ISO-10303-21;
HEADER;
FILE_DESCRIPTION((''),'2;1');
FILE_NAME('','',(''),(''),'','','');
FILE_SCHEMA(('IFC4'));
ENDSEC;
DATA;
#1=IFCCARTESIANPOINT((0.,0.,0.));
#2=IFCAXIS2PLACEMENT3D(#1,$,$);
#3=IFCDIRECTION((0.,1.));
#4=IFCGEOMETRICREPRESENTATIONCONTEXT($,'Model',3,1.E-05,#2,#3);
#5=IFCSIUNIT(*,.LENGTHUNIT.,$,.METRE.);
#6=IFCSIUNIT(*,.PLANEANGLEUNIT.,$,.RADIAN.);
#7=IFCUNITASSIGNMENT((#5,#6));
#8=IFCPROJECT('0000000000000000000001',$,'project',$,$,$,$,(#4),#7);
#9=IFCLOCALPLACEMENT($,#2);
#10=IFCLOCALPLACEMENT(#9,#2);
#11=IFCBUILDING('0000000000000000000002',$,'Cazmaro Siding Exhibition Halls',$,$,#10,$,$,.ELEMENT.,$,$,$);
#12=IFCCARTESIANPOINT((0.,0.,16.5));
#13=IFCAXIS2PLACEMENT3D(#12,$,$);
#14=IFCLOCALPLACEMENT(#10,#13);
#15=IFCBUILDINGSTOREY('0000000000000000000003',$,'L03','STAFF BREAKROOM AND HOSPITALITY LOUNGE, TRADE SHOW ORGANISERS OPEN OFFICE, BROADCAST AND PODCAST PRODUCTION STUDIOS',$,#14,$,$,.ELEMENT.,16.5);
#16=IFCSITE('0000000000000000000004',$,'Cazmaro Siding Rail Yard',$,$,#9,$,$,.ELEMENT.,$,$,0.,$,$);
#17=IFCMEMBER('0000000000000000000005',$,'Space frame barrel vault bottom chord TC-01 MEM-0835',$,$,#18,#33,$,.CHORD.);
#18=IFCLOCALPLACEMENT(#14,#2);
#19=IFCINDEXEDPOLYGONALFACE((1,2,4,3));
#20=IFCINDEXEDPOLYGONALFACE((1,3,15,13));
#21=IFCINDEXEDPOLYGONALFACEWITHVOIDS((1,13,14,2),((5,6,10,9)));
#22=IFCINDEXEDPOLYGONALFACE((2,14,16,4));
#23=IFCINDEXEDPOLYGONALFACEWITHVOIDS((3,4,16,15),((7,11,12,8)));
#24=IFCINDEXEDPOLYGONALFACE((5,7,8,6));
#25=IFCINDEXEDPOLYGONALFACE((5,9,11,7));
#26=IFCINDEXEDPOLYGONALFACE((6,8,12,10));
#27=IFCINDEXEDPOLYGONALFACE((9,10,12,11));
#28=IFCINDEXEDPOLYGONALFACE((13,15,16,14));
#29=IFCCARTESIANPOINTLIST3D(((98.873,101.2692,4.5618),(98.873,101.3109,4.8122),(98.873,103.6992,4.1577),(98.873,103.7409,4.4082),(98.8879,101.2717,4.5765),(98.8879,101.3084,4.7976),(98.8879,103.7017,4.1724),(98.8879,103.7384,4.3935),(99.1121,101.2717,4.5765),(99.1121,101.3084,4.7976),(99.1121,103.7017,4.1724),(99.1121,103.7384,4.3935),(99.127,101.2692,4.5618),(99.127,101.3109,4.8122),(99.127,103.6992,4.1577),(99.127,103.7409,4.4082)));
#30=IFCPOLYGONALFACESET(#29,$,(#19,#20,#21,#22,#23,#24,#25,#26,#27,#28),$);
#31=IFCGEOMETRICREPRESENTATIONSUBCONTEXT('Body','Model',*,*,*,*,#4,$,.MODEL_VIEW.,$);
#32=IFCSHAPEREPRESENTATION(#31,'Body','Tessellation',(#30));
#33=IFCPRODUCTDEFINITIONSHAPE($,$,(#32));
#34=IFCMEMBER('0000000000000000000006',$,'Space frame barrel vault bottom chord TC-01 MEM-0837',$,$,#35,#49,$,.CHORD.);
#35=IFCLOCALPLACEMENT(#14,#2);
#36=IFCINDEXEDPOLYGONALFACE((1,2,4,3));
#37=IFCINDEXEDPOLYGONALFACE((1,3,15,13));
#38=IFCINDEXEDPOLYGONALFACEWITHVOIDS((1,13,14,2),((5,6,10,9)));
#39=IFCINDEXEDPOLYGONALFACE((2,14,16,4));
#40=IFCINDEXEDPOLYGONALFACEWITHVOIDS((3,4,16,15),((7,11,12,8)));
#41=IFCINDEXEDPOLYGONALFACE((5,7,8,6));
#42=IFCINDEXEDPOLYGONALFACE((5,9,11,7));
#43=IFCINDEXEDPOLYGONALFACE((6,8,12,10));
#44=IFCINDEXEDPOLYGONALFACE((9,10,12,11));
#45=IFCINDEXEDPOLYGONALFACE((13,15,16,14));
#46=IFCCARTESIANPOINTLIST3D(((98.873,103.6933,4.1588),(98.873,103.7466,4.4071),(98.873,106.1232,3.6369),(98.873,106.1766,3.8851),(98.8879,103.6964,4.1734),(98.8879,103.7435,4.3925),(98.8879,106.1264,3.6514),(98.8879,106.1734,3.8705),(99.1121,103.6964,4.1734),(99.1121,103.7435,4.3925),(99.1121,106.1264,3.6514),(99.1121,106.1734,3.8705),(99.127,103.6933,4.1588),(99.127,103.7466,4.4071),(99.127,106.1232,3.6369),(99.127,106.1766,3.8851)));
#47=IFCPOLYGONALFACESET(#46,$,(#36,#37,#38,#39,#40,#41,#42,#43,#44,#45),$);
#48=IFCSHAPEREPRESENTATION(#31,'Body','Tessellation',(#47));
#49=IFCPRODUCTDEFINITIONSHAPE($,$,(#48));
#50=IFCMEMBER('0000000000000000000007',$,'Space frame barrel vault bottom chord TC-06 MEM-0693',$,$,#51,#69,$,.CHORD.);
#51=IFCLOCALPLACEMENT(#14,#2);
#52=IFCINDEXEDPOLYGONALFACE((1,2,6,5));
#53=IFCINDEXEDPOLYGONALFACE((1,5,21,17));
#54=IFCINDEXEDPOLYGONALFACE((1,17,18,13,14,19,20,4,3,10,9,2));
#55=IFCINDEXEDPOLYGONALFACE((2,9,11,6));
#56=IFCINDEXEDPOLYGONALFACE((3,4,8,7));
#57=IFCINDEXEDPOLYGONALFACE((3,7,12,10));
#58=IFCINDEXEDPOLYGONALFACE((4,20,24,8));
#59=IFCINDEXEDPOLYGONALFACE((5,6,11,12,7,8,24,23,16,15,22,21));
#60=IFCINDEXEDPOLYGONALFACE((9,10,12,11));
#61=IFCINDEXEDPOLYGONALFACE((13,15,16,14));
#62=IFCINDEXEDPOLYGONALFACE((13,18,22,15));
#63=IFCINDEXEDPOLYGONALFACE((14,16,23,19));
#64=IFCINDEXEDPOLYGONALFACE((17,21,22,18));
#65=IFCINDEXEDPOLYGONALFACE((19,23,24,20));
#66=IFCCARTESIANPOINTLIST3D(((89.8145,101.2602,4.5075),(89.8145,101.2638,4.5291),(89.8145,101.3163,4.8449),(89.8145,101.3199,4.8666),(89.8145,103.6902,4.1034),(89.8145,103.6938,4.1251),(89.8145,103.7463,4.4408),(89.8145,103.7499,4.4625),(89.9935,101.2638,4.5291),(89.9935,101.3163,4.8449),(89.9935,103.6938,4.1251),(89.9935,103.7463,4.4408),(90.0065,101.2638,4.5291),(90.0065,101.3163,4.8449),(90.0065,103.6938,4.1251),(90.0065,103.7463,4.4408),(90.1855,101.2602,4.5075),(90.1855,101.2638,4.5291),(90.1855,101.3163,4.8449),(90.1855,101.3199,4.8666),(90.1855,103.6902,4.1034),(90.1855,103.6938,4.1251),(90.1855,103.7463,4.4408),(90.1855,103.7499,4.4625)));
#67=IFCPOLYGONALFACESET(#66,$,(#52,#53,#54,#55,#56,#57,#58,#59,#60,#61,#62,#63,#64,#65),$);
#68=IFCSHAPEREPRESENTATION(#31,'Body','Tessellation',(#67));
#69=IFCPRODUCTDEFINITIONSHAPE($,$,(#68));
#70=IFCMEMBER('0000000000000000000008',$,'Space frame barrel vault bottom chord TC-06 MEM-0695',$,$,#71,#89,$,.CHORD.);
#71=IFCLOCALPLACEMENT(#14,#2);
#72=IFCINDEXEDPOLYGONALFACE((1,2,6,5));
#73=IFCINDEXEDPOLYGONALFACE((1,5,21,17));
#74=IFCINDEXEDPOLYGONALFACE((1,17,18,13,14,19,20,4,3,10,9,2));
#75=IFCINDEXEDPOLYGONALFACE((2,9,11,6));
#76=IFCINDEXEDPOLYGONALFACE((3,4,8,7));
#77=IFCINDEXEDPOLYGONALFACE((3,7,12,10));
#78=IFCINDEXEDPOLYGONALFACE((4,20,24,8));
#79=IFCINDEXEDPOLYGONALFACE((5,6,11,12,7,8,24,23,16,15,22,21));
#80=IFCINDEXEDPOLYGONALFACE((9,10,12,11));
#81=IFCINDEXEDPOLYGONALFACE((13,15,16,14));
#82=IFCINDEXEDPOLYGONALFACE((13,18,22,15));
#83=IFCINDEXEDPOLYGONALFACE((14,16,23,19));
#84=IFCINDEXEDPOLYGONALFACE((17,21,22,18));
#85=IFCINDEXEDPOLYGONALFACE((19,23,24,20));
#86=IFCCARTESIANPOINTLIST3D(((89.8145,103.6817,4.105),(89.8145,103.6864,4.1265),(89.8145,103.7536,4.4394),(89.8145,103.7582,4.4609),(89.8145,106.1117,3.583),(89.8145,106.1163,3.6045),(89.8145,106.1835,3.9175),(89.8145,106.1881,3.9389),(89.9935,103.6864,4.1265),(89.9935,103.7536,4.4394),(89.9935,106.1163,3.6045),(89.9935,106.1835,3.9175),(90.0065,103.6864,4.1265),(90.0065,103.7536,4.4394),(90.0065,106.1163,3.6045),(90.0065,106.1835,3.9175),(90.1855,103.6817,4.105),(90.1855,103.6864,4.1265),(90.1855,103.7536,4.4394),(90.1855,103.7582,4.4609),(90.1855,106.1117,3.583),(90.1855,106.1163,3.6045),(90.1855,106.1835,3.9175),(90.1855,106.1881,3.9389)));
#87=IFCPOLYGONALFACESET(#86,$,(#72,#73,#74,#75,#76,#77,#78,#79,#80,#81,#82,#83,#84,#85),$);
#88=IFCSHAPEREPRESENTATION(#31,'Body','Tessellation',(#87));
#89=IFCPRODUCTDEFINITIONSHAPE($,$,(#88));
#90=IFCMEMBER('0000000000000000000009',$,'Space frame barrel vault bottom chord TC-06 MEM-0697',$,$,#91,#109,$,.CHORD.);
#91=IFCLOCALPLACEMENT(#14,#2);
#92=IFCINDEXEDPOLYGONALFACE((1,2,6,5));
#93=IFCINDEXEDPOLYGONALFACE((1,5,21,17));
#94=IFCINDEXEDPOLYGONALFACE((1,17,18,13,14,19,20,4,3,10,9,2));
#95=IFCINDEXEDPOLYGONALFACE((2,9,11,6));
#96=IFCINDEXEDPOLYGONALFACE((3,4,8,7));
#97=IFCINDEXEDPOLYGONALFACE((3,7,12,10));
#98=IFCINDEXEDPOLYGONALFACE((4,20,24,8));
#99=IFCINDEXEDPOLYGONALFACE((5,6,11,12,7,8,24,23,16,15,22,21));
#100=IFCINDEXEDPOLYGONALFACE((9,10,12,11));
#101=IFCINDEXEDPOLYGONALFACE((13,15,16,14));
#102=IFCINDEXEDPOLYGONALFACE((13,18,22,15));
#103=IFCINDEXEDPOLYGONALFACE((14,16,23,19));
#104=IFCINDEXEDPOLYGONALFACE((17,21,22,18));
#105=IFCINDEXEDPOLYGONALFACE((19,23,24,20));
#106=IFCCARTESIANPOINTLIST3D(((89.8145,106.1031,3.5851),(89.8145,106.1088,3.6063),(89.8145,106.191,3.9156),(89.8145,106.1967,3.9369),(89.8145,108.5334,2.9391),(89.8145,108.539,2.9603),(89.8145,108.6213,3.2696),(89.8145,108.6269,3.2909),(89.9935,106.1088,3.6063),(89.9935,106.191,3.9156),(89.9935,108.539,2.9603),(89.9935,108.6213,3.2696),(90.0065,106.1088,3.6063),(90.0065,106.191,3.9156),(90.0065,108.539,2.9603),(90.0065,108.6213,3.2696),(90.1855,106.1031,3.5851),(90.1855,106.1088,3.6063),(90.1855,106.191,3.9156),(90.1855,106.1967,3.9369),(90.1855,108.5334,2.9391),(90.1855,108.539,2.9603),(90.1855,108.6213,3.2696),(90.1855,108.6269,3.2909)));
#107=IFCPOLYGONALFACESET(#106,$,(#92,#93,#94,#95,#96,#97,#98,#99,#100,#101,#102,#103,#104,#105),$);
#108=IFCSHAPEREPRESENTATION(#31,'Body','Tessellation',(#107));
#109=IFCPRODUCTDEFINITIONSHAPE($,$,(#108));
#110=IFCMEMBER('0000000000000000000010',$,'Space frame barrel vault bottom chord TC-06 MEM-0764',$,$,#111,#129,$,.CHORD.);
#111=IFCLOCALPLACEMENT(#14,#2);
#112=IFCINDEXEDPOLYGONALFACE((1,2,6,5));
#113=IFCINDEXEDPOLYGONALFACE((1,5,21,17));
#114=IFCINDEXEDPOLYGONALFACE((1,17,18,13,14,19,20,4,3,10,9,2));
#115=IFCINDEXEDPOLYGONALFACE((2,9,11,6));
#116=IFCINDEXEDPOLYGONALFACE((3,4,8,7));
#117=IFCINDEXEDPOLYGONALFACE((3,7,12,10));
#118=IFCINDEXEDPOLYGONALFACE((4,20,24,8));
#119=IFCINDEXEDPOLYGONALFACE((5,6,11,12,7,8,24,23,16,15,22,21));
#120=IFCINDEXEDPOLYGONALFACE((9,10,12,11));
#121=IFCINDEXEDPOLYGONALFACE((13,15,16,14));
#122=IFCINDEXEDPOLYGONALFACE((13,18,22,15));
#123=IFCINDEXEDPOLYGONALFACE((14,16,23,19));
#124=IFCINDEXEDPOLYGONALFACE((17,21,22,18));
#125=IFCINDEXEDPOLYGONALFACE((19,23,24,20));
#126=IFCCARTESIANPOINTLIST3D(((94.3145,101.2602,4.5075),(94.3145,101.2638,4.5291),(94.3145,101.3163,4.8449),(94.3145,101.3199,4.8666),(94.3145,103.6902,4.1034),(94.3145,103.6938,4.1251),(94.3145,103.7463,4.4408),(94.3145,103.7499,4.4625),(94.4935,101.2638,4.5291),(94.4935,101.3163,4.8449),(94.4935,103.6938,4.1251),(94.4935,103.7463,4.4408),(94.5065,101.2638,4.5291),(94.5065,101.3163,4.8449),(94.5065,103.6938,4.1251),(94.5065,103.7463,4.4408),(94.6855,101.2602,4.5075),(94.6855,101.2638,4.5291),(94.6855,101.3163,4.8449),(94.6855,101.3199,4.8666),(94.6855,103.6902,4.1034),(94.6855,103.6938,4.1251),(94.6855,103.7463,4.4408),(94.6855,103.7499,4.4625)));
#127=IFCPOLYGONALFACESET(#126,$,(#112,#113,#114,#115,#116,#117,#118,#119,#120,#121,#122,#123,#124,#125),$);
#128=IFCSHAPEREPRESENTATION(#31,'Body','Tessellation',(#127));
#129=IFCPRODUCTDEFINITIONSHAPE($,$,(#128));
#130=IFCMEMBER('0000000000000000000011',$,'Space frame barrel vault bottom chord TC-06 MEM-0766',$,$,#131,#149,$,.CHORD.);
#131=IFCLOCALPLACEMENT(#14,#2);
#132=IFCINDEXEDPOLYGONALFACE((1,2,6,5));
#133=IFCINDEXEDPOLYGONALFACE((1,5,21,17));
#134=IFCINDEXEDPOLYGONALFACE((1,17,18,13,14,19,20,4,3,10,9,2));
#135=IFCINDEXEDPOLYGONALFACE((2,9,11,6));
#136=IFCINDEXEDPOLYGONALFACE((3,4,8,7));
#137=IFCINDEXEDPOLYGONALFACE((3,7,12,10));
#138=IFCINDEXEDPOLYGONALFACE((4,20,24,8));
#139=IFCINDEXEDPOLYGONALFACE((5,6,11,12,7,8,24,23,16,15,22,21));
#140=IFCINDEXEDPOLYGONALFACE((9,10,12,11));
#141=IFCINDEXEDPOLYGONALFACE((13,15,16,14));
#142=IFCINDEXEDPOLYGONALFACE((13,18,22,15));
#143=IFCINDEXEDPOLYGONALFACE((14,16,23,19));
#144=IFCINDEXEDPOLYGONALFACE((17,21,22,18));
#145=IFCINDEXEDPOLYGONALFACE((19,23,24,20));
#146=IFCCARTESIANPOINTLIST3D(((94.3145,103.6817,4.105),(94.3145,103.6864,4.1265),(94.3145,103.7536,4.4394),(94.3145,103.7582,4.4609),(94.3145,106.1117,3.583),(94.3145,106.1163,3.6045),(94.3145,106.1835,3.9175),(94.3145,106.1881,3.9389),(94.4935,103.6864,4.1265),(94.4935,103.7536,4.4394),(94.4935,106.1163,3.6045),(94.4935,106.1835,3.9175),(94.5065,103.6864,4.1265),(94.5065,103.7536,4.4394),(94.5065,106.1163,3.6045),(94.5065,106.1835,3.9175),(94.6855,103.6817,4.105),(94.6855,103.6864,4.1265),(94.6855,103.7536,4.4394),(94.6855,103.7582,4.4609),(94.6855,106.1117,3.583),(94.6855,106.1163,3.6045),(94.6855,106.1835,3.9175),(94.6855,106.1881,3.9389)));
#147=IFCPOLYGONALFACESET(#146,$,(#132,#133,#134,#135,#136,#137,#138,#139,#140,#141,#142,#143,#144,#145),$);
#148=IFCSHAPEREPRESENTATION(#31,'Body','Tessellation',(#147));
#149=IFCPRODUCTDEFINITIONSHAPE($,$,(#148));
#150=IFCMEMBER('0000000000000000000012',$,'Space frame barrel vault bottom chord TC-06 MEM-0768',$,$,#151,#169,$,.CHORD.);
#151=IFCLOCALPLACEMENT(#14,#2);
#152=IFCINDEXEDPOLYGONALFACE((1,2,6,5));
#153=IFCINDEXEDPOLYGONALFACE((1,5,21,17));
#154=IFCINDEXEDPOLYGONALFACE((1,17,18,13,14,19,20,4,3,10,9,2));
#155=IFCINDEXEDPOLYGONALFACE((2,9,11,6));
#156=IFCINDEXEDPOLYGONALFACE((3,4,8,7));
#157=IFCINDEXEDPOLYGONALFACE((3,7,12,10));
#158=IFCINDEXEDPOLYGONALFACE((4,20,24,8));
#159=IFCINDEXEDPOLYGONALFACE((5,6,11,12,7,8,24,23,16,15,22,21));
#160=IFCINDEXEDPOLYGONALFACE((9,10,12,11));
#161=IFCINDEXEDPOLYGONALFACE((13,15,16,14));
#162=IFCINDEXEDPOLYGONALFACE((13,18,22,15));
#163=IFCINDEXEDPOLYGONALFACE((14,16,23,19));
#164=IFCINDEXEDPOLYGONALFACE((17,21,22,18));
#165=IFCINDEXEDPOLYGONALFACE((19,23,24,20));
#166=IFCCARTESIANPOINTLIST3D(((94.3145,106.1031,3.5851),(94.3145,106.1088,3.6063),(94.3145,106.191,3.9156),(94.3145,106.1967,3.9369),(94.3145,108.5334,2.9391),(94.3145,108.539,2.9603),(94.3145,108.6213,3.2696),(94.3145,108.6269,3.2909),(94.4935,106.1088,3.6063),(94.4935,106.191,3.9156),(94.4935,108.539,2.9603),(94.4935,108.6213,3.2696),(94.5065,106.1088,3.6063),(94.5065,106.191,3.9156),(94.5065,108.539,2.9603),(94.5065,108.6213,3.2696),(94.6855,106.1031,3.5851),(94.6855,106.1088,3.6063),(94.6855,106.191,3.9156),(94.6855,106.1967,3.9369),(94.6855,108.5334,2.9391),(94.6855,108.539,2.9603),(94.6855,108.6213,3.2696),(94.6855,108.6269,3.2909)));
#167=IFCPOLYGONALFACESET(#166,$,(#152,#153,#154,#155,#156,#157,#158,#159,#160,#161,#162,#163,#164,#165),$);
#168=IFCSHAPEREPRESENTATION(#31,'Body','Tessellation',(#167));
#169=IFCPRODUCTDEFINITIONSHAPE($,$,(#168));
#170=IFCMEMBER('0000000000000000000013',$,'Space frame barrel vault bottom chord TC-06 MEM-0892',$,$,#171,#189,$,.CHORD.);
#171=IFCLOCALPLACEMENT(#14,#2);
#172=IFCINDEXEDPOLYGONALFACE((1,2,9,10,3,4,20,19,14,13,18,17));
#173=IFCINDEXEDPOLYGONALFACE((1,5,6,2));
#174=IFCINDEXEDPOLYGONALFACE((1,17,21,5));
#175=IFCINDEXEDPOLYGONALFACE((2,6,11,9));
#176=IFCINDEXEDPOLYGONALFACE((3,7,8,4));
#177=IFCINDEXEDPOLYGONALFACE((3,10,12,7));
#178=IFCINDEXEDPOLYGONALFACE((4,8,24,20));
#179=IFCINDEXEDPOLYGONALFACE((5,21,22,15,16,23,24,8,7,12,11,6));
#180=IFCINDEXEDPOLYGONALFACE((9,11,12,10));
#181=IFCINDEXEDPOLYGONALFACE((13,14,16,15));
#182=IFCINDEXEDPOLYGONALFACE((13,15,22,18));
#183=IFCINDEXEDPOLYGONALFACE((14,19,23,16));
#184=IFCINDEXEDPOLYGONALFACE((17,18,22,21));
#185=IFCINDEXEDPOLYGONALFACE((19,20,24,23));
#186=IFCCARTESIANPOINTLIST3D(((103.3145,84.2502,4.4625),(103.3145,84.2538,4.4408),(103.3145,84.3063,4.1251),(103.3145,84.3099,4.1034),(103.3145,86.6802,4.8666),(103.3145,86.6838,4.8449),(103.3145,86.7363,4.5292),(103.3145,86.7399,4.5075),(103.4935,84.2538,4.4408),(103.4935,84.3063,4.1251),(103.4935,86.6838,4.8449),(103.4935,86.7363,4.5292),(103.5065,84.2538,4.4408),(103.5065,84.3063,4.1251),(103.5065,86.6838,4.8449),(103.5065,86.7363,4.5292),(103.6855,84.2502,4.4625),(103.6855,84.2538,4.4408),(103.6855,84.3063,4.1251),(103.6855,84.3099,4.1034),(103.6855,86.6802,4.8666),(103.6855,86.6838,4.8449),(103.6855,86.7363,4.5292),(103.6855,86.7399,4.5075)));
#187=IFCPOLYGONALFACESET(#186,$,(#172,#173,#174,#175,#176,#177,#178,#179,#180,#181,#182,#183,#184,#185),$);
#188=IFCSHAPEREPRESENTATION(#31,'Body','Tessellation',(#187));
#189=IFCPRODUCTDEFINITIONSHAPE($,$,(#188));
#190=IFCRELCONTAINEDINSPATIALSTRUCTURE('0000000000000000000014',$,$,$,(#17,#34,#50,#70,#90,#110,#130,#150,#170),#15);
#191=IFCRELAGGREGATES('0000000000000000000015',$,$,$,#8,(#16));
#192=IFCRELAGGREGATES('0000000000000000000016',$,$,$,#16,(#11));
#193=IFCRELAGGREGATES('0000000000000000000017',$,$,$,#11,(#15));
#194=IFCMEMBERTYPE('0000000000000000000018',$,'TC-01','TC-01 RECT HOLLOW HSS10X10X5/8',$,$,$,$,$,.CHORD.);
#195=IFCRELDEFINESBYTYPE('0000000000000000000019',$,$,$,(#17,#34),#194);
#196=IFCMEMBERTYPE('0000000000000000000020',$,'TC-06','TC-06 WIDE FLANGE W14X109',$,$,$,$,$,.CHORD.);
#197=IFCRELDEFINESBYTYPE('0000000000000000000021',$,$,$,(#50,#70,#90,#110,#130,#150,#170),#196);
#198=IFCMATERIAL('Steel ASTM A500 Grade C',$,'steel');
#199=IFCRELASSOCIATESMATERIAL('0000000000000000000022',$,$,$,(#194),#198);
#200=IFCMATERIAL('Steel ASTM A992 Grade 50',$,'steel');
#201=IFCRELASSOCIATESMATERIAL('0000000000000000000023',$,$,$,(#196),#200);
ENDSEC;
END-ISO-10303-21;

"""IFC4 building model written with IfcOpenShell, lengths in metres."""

from ifc_helpers import new_model, si_unit, direction, frame, origin, origin_2d, place, context, subcontext, project, spatial, hollow_rectangle, i_section, extrude, material, material_profile, profile_set, type_object, element, save


model = new_model("IFC4")

# Units and contexts
model_context = context("Model", 3, precision=1e-05, world=origin(), true_north=direction((0.0, 1.0)))
body_context = subcontext(model_context, "Body", "Model", "MODEL_VIEW")
ifc_project = project(units=[si_unit("LENGTHUNIT", "METRE"), si_unit("PLANEANGLEUNIT", "RADIAN")], contexts=[model_context])

# Site, building, storey
site_placement = place(None, origin())
site = spatial("IfcSite", under=ifc_project, at=site_placement, Name="Cazmaro Siding Rail Yard", CompositionType="ELEMENT", RefElevation=0.0)
building_placement = place(site_placement, origin())
building = spatial("IfcBuilding", under=site, at=building_placement, Name="Cazmaro Siding Exhibition Halls", CompositionType="ELEMENT")
storey_placement = place(building_placement, frame((0.0, 0.0, 16.5)))
storey = spatial("IfcBuildingStorey", under=building, at=storey_placement, Name="L03", Description="STAFF BREAKROOM AND HOSPITALITY LOUNGE, TRADE SHOW ORGANISERS OPEN OFFICE, BROADCAST AND PODCAST PRODUCTION STUDIOS", CompositionType="ELEMENT", Elevation=16.5)

# Members
ifc_material_1 = material(Name="Steel ASTM A500 Grade C", Category="steel")
ifc_material_profile_1 = material_profile(ifc_material_1, hollow_rectangle(XDim=0.2539, YDim=0.2539, WallThickness=0.0149, at=origin_2d()), Name="HSS10X10X5/8")
ifc_profile_set_1 = profile_set([ifc_material_profile_1], Name="Steel ASTM A500 Grade C")
member_type_1 = type_object("IfcMemberType", Name="TC-01", Description="TC-01 RECT HOLLOW HSS10X10X5/8", PredefinedType="CHORD", material=ifc_profile_set_1)
member_1_placement = place(storey_placement, frame((99.0, 101.29, 4.687), z_axis=(0.0, 0.986455, -0.164029), x_axis=(-1.0, 0.0, 0.0)))
element("IfcMember", 1, at=member_1_placement, inside=storey, type_object=member_type_1, Name="Space frame barrel vault bottom chord TC-01 MEM-0835", PredefinedType="CHORD", context=body_context, shape_type="SweptSolid", body=[
    extrude(hollow_rectangle(XDim=0.2539, YDim=0.2539, WallThickness=0.0149, at=origin_2d()), origin(), (0.0, 0.0, 1.0), 2.4634),
])
member_2_placement = place(storey_placement, frame((99.0, 103.72, 4.283), z_axis=(0.0, 0.977697, -0.210019), x_axis=(-1.0, 0.0, 0.0)))
element("IfcMember", 2, at=member_2_placement, inside=storey, type_object=member_type_1, Name="Space frame barrel vault bottom chord TC-01 MEM-0837", PredefinedType="CHORD", context=body_context, shape_type="SweptSolid", body=[
    extrude(hollow_rectangle(XDim=0.2539, YDim=0.2539, WallThickness=0.0149, at=origin_2d()), origin(), (0.0, 0.0, 1.0), 2.4854),
])
ifc_material_2 = material(Name="Steel ASTM A992 Grade 50", Category="steel")
ifc_material_profile_2 = material_profile(ifc_material_2, i_section(OverallWidth=0.3711, OverallDepth=0.364, WebThickness=0.0129, FlangeThickness=0.022, at=origin_2d()), Name="W14X109")
ifc_profile_set_2 = profile_set([ifc_material_profile_2], Name="Steel ASTM A992 Grade 50")
member_type_2 = type_object("IfcMemberType", Name="TC-06", Description="TC-06 WIDE FLANGE W14X109", PredefinedType="CHORD", material=ifc_profile_set_2)
member_3_placement = place(storey_placement, frame((90.0, 101.29, 4.687), z_axis=(0.0, 0.986455, -0.164029), x_axis=(-1.0, 0.0, 0.0)))
element("IfcMember", 3, at=member_3_placement, inside=storey, type_object=member_type_2, Name="Space frame barrel vault bottom chord TC-06 MEM-0693", PredefinedType="CHORD", context=body_context, shape_type="SweptSolid", body=[
    extrude(i_section(OverallWidth=0.3711, OverallDepth=0.364, WebThickness=0.0129, FlangeThickness=0.022, at=origin_2d()), origin(), (0.0, 0.0, 1.0), 2.4634),
])
member_4_placement = place(storey_placement, frame((90.0, 103.72, 4.283), z_axis=(0.0, 0.977697, -0.210019), x_axis=(-1.0, 0.0, 0.0)))
element("IfcMember", 4, at=member_4_placement, inside=storey, type_object=member_type_2, Name="Space frame barrel vault bottom chord TC-06 MEM-0695", PredefinedType="CHORD", context=body_context, shape_type="SweptSolid", body=[
    extrude(i_section(OverallWidth=0.3711, OverallDepth=0.364, WebThickness=0.0129, FlangeThickness=0.022, at=origin_2d()), origin(), (0.0, 0.0, 1.0), 2.4854),
])
member_5_placement = place(storey_placement, frame((90.0, 106.1499, 3.761), z_axis=(0.0, 0.966438, -0.256901), x_axis=(-1.0, 0.0, 0.0)))
element("IfcMember", 5, at=member_5_placement, inside=storey, type_object=member_type_2, Name="Space frame barrel vault bottom chord TC-06 MEM-0697", PredefinedType="CHORD", context=body_context, shape_type="SweptSolid", body=[
    extrude(i_section(OverallWidth=0.3711, OverallDepth=0.364, WebThickness=0.0129, FlangeThickness=0.022, at=origin_2d()), origin(), (0.0, 0.0, 1.0), 2.5146),
])
member_6_placement = place(storey_placement, frame((94.5, 101.29, 4.687), z_axis=(0.0, 0.986455, -0.164029), x_axis=(-1.0, 0.0, 0.0)))
element("IfcMember", 6, at=member_6_placement, inside=storey, type_object=member_type_2, Name="Space frame barrel vault bottom chord TC-06 MEM-0764", PredefinedType="CHORD", context=body_context, shape_type="SweptSolid", body=[
    extrude(i_section(OverallWidth=0.3711, OverallDepth=0.364, WebThickness=0.0129, FlangeThickness=0.022, at=origin_2d()), origin(), (0.0, 0.0, 1.0), 2.4634),
])
member_7_placement = place(storey_placement, frame((94.5, 103.72, 4.283), z_axis=(0.0, 0.977697, -0.210019), x_axis=(-1.0, 0.0, 0.0)))
element("IfcMember", 7, at=member_7_placement, inside=storey, type_object=member_type_2, Name="Space frame barrel vault bottom chord TC-06 MEM-0766", PredefinedType="CHORD", context=body_context, shape_type="SweptSolid", body=[
    extrude(i_section(OverallWidth=0.3711, OverallDepth=0.364, WebThickness=0.0129, FlangeThickness=0.022, at=origin_2d()), origin(), (0.0, 0.0, 1.0), 2.4854),
])
member_8_placement = place(storey_placement, frame((94.5, 106.1499, 3.761), z_axis=(0.0, 0.966438, -0.256901), x_axis=(-1.0, 0.0, 0.0)))
element("IfcMember", 8, at=member_8_placement, inside=storey, type_object=member_type_2, Name="Space frame barrel vault bottom chord TC-06 MEM-0768", PredefinedType="CHORD", context=body_context, shape_type="SweptSolid", body=[
    extrude(i_section(OverallWidth=0.3711, OverallDepth=0.364, WebThickness=0.0129, FlangeThickness=0.022, at=origin_2d()), origin(), (0.0, 0.0, 1.0), 2.5146),
])
for number, where, z_axis, x_axis, name in (
    (9, (103.5, 84.28, 4.283), (0.0, 0.986455, 0.164029), (-1.0, 0.0, 0.0), "Space frame barrel vault bottom chord TC-06 MEM-0892"),
):
    element("IfcMember", number, at=place(storey_placement, frame(where, z_axis=z_axis, x_axis=x_axis)), inside=storey, type_object=member_type_2, Name=name, PredefinedType="CHORD", context=body_context, shape_type="SweptSolid", body=[
        extrude(i_section(OverallWidth=0.3711, OverallDepth=0.364, WebThickness=0.0129, FlangeThickness=0.022, at=origin_2d()), origin(), (0.0, 0.0, 1.0), 2.4634),
    ])

save(model, "model.ifc")
